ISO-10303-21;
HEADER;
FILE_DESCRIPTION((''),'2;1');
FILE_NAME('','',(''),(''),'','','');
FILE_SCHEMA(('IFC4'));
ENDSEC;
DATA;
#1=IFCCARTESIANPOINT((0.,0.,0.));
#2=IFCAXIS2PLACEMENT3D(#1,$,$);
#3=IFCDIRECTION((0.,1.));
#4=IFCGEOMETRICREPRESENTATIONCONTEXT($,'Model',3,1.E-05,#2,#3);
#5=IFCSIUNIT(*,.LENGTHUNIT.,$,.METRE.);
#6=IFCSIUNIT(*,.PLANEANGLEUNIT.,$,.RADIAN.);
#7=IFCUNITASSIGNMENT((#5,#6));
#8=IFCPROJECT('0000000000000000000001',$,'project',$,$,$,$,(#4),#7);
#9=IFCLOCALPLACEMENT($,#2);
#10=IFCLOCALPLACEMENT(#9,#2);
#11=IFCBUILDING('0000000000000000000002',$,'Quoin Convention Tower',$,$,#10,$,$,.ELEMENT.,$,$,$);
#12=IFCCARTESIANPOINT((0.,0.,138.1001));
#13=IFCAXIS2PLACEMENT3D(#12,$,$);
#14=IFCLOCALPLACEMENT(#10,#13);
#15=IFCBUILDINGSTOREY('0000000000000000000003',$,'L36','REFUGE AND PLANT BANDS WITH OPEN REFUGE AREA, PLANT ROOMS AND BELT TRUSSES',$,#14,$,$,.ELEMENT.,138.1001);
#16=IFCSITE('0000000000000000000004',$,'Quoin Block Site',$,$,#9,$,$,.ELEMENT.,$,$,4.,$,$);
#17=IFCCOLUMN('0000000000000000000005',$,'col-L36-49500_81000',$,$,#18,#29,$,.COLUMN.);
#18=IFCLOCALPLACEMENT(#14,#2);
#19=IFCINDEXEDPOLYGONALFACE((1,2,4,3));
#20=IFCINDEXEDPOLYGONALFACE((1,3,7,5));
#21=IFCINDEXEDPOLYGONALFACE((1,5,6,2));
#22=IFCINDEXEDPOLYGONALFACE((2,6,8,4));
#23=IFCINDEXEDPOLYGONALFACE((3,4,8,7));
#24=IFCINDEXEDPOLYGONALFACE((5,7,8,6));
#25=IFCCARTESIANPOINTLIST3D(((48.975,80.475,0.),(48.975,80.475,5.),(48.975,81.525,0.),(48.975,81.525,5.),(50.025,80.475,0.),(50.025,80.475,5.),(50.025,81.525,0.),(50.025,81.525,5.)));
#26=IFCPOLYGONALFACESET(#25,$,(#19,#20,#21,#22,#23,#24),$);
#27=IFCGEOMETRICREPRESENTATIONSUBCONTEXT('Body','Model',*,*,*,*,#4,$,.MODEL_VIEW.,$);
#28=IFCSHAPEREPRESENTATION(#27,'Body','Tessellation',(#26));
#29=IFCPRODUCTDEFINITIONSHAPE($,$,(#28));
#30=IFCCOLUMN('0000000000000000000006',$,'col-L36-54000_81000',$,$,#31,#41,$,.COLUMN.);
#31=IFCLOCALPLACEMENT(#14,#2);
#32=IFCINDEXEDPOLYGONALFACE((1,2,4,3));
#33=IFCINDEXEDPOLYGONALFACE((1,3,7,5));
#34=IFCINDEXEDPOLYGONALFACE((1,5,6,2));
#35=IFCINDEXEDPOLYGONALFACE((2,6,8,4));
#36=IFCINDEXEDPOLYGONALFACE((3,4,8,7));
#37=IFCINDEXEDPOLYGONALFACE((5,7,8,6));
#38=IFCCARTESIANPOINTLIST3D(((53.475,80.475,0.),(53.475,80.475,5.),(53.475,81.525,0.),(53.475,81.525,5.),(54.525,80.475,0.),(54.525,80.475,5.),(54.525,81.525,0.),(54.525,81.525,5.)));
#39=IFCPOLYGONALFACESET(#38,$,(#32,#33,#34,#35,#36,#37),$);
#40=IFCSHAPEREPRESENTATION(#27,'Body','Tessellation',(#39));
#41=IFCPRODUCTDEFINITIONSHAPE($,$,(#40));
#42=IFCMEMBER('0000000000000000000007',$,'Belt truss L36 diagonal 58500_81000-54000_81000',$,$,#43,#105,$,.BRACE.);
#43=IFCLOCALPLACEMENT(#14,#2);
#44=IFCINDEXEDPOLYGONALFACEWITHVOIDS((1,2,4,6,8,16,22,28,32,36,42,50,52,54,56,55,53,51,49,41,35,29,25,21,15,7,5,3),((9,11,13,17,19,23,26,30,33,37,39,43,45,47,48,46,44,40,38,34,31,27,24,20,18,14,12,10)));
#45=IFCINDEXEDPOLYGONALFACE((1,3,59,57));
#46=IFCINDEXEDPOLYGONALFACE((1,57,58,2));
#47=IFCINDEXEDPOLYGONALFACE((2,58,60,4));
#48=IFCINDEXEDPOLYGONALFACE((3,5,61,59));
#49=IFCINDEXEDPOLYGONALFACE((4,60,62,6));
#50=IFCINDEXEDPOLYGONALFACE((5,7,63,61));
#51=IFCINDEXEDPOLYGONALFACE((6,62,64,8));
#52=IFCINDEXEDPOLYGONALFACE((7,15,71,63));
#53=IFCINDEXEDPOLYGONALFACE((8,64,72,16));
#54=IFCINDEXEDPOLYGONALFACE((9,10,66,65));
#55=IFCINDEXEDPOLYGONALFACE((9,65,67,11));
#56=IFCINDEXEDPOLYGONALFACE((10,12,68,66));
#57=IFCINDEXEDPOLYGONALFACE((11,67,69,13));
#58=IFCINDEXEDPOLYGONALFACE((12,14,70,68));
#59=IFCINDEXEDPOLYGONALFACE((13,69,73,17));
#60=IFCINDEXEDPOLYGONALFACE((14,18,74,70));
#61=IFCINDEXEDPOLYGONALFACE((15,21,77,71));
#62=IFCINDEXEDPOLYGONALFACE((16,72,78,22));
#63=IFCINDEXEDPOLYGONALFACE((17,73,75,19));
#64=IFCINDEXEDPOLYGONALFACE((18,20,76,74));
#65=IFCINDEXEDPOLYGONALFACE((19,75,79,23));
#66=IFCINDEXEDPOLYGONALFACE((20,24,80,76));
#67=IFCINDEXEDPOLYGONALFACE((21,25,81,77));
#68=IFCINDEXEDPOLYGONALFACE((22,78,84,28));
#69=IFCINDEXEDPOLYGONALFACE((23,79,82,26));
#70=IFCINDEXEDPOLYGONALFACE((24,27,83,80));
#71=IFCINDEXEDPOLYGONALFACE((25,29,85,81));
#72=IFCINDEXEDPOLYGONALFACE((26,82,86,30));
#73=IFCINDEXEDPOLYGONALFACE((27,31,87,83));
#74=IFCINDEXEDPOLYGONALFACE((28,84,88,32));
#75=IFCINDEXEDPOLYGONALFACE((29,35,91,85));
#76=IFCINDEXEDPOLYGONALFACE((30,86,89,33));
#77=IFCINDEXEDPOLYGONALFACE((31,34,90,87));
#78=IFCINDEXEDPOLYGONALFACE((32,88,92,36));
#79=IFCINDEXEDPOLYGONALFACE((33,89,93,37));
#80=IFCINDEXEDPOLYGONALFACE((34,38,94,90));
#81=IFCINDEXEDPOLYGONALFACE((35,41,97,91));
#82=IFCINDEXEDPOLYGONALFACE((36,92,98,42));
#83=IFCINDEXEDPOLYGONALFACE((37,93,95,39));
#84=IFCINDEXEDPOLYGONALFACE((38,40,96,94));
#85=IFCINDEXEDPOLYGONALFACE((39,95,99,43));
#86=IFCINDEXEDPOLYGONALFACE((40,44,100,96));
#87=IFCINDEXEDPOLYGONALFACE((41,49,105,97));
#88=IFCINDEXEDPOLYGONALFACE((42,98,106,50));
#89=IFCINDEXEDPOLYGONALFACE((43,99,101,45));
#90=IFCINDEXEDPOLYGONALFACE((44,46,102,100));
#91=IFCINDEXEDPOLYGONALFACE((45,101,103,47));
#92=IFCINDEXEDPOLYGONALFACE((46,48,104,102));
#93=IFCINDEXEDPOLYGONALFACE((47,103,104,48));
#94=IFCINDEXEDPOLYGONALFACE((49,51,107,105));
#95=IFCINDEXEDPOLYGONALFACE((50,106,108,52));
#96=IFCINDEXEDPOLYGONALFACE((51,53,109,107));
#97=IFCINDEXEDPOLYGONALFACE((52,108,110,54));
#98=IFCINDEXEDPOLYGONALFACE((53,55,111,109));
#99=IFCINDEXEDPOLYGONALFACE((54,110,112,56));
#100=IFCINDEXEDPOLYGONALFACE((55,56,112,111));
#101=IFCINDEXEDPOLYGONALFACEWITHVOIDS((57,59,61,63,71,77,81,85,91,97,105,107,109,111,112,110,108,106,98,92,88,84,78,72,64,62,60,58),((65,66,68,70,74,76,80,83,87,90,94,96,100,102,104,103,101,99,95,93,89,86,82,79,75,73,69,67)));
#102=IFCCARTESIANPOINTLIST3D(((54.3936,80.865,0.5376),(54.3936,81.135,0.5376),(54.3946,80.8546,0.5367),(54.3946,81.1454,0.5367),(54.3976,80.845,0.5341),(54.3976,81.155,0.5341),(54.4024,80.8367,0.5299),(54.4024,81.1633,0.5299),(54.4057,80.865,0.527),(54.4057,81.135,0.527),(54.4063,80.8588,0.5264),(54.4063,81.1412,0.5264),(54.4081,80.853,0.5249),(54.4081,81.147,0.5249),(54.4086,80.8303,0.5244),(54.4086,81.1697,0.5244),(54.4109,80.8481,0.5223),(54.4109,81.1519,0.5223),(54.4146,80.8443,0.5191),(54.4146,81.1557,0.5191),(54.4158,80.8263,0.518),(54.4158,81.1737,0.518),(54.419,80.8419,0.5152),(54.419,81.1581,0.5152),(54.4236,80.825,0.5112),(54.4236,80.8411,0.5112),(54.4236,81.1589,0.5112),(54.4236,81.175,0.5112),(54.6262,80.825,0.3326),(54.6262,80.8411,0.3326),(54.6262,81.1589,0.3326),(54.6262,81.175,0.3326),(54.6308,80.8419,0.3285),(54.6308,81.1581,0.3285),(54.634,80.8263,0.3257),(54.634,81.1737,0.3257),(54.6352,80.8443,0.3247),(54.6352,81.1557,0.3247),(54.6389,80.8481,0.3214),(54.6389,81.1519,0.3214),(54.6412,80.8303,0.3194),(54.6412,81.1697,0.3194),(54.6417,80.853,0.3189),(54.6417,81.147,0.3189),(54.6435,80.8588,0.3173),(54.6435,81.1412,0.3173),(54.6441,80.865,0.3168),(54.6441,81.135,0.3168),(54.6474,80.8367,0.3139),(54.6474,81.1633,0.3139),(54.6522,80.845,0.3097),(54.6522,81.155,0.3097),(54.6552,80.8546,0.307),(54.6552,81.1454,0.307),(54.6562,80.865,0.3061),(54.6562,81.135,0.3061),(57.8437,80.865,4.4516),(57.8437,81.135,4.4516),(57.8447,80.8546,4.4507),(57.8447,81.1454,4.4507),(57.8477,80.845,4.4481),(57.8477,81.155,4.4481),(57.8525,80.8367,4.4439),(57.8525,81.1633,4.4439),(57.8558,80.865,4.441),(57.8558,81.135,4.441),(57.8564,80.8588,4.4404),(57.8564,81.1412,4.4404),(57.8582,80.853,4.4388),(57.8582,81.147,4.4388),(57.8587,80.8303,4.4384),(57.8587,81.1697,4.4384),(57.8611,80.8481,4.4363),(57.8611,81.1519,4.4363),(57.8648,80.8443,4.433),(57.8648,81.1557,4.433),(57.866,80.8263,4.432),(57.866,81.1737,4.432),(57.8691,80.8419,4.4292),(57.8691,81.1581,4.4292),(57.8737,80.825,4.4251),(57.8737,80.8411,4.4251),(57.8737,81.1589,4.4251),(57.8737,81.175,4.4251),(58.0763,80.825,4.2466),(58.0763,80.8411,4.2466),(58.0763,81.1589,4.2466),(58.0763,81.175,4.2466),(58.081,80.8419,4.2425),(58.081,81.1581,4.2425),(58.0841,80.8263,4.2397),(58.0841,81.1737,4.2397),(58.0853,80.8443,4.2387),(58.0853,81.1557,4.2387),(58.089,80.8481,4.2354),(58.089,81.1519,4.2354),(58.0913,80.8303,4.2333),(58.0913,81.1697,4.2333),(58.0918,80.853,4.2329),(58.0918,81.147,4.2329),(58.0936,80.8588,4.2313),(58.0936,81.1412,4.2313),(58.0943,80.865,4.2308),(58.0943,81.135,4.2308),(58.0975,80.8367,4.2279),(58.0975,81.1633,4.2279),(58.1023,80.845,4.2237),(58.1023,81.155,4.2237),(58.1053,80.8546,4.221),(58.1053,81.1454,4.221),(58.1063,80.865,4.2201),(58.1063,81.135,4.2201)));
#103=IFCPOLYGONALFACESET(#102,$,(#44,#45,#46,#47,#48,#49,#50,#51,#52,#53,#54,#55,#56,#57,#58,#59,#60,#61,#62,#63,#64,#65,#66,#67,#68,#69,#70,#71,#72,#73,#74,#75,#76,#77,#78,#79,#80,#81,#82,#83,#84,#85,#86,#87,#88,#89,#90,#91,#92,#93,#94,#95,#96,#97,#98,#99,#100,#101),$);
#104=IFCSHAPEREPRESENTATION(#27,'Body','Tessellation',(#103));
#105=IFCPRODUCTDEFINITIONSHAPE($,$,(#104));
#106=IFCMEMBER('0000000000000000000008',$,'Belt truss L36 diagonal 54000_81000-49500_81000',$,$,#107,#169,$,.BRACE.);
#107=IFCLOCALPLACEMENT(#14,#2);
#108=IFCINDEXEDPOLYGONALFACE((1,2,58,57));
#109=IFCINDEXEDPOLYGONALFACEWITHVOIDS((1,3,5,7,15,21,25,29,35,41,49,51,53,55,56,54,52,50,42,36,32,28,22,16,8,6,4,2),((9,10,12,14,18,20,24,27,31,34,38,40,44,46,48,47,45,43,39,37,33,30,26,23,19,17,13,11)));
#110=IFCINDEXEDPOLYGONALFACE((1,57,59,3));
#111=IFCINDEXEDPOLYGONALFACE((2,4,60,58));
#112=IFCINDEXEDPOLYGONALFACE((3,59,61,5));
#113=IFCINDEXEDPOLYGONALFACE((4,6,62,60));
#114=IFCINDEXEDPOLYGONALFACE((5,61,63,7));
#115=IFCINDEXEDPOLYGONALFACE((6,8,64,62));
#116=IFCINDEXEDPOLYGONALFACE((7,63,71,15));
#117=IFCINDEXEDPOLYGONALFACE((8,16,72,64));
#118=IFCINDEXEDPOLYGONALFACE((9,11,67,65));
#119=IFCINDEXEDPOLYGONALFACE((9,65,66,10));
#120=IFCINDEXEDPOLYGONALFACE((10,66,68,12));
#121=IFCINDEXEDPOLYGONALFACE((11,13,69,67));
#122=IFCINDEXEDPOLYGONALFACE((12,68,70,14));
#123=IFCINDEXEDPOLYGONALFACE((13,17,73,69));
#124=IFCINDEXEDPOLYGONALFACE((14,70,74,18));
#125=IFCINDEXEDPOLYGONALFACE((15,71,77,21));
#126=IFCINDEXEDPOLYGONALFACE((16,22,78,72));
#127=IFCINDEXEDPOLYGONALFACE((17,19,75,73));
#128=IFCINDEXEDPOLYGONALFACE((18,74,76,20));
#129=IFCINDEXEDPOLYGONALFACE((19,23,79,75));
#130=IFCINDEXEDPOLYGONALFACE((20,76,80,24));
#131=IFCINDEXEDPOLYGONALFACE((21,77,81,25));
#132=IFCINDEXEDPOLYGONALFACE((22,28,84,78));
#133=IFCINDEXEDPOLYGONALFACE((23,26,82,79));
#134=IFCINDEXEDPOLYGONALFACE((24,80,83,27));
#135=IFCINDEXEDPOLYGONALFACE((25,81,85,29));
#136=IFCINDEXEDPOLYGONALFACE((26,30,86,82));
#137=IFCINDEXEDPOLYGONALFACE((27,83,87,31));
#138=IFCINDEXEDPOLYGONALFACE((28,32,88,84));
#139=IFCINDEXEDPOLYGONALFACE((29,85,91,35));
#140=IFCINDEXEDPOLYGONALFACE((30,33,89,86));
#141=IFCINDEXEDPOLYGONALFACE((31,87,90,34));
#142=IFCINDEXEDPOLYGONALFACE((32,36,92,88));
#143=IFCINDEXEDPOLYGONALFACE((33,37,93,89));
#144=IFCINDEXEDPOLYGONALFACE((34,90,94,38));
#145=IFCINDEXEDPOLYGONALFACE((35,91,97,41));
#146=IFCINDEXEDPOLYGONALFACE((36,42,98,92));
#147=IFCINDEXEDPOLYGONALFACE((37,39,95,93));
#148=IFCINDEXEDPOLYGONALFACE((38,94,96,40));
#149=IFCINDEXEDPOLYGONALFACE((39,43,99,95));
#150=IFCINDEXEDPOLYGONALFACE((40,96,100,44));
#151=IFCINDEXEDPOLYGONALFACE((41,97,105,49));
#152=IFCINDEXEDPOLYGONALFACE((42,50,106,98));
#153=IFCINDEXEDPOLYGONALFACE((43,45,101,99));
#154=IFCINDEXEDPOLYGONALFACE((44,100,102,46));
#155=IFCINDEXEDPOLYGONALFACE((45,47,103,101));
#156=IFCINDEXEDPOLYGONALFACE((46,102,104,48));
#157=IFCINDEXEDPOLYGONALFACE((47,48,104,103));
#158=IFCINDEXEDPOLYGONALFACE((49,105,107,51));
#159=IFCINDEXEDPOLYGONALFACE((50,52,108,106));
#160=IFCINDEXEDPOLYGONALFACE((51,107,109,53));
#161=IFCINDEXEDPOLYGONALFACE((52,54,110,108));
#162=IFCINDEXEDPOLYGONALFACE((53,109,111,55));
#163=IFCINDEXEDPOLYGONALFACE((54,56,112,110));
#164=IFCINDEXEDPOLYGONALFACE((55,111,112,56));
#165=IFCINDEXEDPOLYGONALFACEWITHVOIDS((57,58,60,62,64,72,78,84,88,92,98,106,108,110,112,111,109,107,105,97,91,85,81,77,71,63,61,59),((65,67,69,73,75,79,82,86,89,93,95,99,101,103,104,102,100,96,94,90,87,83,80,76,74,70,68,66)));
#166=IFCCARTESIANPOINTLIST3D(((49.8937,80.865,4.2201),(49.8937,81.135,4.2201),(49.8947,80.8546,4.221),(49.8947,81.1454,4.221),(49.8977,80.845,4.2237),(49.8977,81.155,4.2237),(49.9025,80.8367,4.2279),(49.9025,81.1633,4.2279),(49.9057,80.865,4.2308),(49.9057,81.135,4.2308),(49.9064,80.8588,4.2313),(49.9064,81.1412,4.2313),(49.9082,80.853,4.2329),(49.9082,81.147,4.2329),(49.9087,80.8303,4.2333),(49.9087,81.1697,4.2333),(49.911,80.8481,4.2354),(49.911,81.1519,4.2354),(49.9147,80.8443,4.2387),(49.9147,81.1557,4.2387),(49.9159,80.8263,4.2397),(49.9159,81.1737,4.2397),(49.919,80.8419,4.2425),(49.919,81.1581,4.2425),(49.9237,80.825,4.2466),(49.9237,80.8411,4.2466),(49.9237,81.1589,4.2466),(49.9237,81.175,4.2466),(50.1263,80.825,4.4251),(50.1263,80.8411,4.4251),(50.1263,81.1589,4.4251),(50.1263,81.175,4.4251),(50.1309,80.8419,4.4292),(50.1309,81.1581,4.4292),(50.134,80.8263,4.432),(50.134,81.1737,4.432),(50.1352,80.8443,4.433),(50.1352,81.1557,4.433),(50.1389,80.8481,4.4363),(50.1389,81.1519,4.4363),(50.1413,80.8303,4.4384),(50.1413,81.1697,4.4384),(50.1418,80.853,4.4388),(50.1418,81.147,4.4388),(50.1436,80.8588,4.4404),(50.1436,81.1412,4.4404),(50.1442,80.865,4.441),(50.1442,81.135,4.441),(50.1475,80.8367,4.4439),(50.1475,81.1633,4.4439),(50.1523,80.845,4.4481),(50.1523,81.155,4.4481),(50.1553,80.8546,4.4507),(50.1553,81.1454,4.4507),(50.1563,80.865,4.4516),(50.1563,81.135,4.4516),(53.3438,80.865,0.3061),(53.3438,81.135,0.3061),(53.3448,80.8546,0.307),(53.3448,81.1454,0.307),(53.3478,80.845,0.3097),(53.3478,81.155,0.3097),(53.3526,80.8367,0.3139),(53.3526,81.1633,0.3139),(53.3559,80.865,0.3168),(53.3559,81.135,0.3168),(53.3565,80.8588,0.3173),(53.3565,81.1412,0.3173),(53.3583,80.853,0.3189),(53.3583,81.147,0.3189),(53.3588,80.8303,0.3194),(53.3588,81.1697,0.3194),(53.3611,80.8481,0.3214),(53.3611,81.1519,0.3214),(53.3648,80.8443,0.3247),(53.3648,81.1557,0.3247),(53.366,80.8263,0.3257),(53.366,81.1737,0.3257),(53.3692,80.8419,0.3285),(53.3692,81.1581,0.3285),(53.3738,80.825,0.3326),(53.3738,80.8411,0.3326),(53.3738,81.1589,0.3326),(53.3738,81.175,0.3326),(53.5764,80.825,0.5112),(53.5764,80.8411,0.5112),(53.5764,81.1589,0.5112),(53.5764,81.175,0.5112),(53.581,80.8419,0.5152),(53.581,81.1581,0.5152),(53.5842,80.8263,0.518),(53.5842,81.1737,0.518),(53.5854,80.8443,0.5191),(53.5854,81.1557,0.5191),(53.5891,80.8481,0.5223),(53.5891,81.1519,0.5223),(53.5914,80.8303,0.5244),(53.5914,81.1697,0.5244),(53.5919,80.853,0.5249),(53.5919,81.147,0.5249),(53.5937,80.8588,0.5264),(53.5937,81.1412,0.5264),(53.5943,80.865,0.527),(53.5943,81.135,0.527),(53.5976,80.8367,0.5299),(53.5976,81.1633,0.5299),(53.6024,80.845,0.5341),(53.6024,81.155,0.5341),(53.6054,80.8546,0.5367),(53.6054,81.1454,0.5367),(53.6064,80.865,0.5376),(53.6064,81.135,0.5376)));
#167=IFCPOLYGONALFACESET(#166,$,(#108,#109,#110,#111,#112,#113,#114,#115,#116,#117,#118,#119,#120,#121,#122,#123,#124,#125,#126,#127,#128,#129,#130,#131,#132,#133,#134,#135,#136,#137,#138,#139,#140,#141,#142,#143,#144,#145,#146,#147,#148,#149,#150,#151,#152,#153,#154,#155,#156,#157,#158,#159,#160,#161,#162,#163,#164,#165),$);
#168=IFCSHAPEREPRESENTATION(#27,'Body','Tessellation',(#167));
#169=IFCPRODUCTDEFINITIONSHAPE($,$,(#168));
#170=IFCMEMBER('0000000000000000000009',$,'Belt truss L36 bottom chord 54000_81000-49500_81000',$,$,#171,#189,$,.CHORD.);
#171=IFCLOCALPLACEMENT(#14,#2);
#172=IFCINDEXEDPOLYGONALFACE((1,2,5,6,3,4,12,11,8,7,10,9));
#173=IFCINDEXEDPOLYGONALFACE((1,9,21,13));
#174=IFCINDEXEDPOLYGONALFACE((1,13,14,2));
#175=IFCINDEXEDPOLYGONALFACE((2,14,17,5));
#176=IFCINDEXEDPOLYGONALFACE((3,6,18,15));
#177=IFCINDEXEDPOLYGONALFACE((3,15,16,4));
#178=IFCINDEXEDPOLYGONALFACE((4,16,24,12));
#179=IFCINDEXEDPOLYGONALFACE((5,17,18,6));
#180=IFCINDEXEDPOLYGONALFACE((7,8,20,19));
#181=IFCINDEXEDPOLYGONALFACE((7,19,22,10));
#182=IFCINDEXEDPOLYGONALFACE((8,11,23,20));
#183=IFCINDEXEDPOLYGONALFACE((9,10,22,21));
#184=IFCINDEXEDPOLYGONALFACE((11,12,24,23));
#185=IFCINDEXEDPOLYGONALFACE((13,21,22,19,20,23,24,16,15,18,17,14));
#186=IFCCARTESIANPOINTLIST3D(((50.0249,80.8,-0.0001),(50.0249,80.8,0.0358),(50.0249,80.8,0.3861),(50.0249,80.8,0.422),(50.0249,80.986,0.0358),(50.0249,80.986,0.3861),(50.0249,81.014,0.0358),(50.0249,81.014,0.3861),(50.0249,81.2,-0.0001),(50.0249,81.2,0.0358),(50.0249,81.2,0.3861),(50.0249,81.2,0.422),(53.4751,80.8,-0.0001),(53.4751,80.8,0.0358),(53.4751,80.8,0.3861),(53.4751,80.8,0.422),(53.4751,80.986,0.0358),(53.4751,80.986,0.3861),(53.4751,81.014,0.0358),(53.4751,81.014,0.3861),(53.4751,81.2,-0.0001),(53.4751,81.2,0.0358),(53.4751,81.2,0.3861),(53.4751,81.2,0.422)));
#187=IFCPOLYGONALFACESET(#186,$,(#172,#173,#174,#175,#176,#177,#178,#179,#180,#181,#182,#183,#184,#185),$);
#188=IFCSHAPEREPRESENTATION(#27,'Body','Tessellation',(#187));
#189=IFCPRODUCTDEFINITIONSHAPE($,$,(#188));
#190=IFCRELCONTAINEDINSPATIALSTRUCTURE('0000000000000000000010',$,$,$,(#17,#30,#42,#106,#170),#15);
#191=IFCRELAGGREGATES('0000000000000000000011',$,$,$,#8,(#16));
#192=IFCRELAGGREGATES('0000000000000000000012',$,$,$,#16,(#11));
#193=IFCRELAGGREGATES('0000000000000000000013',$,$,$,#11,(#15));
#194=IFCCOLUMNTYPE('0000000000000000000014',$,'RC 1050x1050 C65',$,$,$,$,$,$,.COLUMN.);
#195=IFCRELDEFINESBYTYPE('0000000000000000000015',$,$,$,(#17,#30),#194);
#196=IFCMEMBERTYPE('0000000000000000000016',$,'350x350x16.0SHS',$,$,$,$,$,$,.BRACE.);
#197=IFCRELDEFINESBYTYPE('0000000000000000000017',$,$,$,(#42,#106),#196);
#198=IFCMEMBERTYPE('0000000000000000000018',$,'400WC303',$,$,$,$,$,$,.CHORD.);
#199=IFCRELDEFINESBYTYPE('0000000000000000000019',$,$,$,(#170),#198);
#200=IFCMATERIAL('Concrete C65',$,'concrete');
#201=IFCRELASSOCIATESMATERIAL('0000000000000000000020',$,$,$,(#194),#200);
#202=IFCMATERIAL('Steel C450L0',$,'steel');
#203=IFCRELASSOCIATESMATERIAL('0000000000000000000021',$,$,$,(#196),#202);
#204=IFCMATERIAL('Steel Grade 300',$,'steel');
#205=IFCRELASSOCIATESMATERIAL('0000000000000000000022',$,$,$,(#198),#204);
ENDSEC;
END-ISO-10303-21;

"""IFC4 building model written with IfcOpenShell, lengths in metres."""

from ifc_helpers import new_model, si_unit, direction, frame, origin, origin_2d, place, context, subcontext, project, spatial, rectangle, hollow_rectangle, i_section, extrude, material, material_profile, profile_set, type_object, element, save


model = new_model("IFC4")

# Units and contexts
model_context = context("Model", 3, precision=1e-05, world=origin(), true_north=direction((0.0, 1.0)))
body_context = subcontext(model_context, "Body", "Model", "MODEL_VIEW")
ifc_project = project(units=[si_unit("LENGTHUNIT", "METRE"), si_unit("PLANEANGLEUNIT", "RADIAN")], contexts=[model_context])

# Site, building, storey
site_placement = place(None, origin())
site = spatial("IfcSite", under=ifc_project, at=site_placement, Name="Quoin Block Site", CompositionType="ELEMENT", RefElevation=4.0)
building_placement = place(site_placement, origin())
building = spatial("IfcBuilding", under=site, at=building_placement, Name="Quoin Convention Tower", CompositionType="ELEMENT")
storey_placement = place(building_placement, frame((0.0, 0.0, 138.1001)))
storey = spatial("IfcBuildingStorey", under=building, at=storey_placement, Name="L36", Description="REFUGE AND PLANT BANDS WITH OPEN REFUGE AREA, PLANT ROOMS AND BELT TRUSSES", CompositionType="ELEMENT", Elevation=138.1001)

# Columns
ifc_material_1 = material(Name="Concrete C65", Category="concrete")
ifc_material_profile_1 = material_profile(ifc_material_1, rectangle(XDim=1.05, YDim=1.05, at=origin_2d()), Name="RC 1050x1050")
ifc_profile_set_1 = profile_set([ifc_material_profile_1], Name="Concrete C65")
column_type = type_object("IfcColumnType", Name="RC 1050x1050 C65", PredefinedType="COLUMN", material=ifc_profile_set_1)
for number, where, z_axis, x_axis, name in (
    (1, (49.5, 81.0, 0.0), (0.0, 0.0, 1.0), (1.0, 0.0, 0.0), "col-L36-49500_81000"),
    (2, (54.0, 81.0, 0.0), (0.0, 0.0, 1.0), (1.0, 0.0, 0.0), "col-L36-54000_81000"),
):
    element("IfcColumn", number, at=place(storey_placement, frame(where, z_axis=z_axis, x_axis=x_axis)), inside=storey, type_object=column_type, Name=name, PredefinedType="COLUMN", context=body_context, shape_type="SweptSolid", body=[
        extrude(rectangle(XDim=1.05, YDim=1.05, at=origin_2d()), origin(), (0.0, 0.0, 1.0), 5.0),
    ])

# Members
ifc_material_2 = material(Name="Steel C450L0", Category="steel")
ifc_material_profile_2 = material_profile(ifc_material_2, hollow_rectangle(XDim=0.3501, YDim=0.3501, WallThickness=0.0161, InnerFilletRadius=0.0239, OuterFilletRadius=0.04, at=origin_2d()), Name="350x350x16.0SHS")
ifc_profile_set_2 = profile_set([ifc_material_profile_2], Name="Steel C450L0")
member_type_1 = type_object("IfcMemberType", Name="350x350x16.0SHS", PredefinedType="BRACE", material=ifc_profile_set_2)
for number, where, z_axis, x_axis, name in (
    (3, (54.5249, 81.0, 0.4219), (0.661256, 0.0, 0.75016), (0.0, 1.0, 0.0), "Belt truss L36 diagonal 58500_81000-54000_81000"),
    (4, (53.4751, 81.0, 0.4219), (-0.661256, 0.0, 0.75016), (0.0, -1.0, 0.0), "Belt truss L36 diagonal 54000_81000-49500_81000"),
):
    element("IfcMember", number, at=place(storey_placement, frame(where, z_axis=z_axis, x_axis=x_axis)), inside=storey, type_object=member_type_1, Name=name, PredefinedType="BRACE", context=body_context, shape_type="SweptSolid", body=[
        extrude(hollow_rectangle(XDim=0.3501, YDim=0.3501, WallThickness=0.0161, InnerFilletRadius=0.0239, OuterFilletRadius=0.04, at=origin_2d()), origin(), (0.0, 0.0, 1.0), 5.2175),
    ])
ifc_material_3 = material(Name="Steel Grade 300", Category="steel")
ifc_material_profile_3 = material_profile(ifc_material_3, i_section(OverallWidth=0.3999, OverallDepth=0.4221, WebThickness=0.0281, FlangeThickness=0.0359, at=origin_2d()), Name="400WC303")
ifc_profile_set_3 = profile_set([ifc_material_profile_3], Name="Steel Grade 300")
member_type_2 = type_object("IfcMemberType", Name="400WC303", PredefinedType="CHORD", material=ifc_profile_set_3)
for number, where, z_axis, x_axis, name in (
    (5, (53.4751, 81.0, 0.2109), (-1.0, 0.0, 0.0), (0.0, -1.0, 0.0), "Belt truss L36 bottom chord 54000_81000-49500_81000"),
):
    element("IfcMember", number, at=place(storey_placement, frame(where, z_axis=z_axis, x_axis=x_axis)), inside=storey, type_object=member_type_2, Name=name, PredefinedType="CHORD", context=body_context, shape_type="SweptSolid", body=[
        extrude(i_section(OverallWidth=0.3999, OverallDepth=0.4221, WebThickness=0.0281, FlangeThickness=0.0359, at=origin_2d()), origin(), (0.0, 0.0, 1.0), 3.4502),
    ])

save(model, "model.ifc")
